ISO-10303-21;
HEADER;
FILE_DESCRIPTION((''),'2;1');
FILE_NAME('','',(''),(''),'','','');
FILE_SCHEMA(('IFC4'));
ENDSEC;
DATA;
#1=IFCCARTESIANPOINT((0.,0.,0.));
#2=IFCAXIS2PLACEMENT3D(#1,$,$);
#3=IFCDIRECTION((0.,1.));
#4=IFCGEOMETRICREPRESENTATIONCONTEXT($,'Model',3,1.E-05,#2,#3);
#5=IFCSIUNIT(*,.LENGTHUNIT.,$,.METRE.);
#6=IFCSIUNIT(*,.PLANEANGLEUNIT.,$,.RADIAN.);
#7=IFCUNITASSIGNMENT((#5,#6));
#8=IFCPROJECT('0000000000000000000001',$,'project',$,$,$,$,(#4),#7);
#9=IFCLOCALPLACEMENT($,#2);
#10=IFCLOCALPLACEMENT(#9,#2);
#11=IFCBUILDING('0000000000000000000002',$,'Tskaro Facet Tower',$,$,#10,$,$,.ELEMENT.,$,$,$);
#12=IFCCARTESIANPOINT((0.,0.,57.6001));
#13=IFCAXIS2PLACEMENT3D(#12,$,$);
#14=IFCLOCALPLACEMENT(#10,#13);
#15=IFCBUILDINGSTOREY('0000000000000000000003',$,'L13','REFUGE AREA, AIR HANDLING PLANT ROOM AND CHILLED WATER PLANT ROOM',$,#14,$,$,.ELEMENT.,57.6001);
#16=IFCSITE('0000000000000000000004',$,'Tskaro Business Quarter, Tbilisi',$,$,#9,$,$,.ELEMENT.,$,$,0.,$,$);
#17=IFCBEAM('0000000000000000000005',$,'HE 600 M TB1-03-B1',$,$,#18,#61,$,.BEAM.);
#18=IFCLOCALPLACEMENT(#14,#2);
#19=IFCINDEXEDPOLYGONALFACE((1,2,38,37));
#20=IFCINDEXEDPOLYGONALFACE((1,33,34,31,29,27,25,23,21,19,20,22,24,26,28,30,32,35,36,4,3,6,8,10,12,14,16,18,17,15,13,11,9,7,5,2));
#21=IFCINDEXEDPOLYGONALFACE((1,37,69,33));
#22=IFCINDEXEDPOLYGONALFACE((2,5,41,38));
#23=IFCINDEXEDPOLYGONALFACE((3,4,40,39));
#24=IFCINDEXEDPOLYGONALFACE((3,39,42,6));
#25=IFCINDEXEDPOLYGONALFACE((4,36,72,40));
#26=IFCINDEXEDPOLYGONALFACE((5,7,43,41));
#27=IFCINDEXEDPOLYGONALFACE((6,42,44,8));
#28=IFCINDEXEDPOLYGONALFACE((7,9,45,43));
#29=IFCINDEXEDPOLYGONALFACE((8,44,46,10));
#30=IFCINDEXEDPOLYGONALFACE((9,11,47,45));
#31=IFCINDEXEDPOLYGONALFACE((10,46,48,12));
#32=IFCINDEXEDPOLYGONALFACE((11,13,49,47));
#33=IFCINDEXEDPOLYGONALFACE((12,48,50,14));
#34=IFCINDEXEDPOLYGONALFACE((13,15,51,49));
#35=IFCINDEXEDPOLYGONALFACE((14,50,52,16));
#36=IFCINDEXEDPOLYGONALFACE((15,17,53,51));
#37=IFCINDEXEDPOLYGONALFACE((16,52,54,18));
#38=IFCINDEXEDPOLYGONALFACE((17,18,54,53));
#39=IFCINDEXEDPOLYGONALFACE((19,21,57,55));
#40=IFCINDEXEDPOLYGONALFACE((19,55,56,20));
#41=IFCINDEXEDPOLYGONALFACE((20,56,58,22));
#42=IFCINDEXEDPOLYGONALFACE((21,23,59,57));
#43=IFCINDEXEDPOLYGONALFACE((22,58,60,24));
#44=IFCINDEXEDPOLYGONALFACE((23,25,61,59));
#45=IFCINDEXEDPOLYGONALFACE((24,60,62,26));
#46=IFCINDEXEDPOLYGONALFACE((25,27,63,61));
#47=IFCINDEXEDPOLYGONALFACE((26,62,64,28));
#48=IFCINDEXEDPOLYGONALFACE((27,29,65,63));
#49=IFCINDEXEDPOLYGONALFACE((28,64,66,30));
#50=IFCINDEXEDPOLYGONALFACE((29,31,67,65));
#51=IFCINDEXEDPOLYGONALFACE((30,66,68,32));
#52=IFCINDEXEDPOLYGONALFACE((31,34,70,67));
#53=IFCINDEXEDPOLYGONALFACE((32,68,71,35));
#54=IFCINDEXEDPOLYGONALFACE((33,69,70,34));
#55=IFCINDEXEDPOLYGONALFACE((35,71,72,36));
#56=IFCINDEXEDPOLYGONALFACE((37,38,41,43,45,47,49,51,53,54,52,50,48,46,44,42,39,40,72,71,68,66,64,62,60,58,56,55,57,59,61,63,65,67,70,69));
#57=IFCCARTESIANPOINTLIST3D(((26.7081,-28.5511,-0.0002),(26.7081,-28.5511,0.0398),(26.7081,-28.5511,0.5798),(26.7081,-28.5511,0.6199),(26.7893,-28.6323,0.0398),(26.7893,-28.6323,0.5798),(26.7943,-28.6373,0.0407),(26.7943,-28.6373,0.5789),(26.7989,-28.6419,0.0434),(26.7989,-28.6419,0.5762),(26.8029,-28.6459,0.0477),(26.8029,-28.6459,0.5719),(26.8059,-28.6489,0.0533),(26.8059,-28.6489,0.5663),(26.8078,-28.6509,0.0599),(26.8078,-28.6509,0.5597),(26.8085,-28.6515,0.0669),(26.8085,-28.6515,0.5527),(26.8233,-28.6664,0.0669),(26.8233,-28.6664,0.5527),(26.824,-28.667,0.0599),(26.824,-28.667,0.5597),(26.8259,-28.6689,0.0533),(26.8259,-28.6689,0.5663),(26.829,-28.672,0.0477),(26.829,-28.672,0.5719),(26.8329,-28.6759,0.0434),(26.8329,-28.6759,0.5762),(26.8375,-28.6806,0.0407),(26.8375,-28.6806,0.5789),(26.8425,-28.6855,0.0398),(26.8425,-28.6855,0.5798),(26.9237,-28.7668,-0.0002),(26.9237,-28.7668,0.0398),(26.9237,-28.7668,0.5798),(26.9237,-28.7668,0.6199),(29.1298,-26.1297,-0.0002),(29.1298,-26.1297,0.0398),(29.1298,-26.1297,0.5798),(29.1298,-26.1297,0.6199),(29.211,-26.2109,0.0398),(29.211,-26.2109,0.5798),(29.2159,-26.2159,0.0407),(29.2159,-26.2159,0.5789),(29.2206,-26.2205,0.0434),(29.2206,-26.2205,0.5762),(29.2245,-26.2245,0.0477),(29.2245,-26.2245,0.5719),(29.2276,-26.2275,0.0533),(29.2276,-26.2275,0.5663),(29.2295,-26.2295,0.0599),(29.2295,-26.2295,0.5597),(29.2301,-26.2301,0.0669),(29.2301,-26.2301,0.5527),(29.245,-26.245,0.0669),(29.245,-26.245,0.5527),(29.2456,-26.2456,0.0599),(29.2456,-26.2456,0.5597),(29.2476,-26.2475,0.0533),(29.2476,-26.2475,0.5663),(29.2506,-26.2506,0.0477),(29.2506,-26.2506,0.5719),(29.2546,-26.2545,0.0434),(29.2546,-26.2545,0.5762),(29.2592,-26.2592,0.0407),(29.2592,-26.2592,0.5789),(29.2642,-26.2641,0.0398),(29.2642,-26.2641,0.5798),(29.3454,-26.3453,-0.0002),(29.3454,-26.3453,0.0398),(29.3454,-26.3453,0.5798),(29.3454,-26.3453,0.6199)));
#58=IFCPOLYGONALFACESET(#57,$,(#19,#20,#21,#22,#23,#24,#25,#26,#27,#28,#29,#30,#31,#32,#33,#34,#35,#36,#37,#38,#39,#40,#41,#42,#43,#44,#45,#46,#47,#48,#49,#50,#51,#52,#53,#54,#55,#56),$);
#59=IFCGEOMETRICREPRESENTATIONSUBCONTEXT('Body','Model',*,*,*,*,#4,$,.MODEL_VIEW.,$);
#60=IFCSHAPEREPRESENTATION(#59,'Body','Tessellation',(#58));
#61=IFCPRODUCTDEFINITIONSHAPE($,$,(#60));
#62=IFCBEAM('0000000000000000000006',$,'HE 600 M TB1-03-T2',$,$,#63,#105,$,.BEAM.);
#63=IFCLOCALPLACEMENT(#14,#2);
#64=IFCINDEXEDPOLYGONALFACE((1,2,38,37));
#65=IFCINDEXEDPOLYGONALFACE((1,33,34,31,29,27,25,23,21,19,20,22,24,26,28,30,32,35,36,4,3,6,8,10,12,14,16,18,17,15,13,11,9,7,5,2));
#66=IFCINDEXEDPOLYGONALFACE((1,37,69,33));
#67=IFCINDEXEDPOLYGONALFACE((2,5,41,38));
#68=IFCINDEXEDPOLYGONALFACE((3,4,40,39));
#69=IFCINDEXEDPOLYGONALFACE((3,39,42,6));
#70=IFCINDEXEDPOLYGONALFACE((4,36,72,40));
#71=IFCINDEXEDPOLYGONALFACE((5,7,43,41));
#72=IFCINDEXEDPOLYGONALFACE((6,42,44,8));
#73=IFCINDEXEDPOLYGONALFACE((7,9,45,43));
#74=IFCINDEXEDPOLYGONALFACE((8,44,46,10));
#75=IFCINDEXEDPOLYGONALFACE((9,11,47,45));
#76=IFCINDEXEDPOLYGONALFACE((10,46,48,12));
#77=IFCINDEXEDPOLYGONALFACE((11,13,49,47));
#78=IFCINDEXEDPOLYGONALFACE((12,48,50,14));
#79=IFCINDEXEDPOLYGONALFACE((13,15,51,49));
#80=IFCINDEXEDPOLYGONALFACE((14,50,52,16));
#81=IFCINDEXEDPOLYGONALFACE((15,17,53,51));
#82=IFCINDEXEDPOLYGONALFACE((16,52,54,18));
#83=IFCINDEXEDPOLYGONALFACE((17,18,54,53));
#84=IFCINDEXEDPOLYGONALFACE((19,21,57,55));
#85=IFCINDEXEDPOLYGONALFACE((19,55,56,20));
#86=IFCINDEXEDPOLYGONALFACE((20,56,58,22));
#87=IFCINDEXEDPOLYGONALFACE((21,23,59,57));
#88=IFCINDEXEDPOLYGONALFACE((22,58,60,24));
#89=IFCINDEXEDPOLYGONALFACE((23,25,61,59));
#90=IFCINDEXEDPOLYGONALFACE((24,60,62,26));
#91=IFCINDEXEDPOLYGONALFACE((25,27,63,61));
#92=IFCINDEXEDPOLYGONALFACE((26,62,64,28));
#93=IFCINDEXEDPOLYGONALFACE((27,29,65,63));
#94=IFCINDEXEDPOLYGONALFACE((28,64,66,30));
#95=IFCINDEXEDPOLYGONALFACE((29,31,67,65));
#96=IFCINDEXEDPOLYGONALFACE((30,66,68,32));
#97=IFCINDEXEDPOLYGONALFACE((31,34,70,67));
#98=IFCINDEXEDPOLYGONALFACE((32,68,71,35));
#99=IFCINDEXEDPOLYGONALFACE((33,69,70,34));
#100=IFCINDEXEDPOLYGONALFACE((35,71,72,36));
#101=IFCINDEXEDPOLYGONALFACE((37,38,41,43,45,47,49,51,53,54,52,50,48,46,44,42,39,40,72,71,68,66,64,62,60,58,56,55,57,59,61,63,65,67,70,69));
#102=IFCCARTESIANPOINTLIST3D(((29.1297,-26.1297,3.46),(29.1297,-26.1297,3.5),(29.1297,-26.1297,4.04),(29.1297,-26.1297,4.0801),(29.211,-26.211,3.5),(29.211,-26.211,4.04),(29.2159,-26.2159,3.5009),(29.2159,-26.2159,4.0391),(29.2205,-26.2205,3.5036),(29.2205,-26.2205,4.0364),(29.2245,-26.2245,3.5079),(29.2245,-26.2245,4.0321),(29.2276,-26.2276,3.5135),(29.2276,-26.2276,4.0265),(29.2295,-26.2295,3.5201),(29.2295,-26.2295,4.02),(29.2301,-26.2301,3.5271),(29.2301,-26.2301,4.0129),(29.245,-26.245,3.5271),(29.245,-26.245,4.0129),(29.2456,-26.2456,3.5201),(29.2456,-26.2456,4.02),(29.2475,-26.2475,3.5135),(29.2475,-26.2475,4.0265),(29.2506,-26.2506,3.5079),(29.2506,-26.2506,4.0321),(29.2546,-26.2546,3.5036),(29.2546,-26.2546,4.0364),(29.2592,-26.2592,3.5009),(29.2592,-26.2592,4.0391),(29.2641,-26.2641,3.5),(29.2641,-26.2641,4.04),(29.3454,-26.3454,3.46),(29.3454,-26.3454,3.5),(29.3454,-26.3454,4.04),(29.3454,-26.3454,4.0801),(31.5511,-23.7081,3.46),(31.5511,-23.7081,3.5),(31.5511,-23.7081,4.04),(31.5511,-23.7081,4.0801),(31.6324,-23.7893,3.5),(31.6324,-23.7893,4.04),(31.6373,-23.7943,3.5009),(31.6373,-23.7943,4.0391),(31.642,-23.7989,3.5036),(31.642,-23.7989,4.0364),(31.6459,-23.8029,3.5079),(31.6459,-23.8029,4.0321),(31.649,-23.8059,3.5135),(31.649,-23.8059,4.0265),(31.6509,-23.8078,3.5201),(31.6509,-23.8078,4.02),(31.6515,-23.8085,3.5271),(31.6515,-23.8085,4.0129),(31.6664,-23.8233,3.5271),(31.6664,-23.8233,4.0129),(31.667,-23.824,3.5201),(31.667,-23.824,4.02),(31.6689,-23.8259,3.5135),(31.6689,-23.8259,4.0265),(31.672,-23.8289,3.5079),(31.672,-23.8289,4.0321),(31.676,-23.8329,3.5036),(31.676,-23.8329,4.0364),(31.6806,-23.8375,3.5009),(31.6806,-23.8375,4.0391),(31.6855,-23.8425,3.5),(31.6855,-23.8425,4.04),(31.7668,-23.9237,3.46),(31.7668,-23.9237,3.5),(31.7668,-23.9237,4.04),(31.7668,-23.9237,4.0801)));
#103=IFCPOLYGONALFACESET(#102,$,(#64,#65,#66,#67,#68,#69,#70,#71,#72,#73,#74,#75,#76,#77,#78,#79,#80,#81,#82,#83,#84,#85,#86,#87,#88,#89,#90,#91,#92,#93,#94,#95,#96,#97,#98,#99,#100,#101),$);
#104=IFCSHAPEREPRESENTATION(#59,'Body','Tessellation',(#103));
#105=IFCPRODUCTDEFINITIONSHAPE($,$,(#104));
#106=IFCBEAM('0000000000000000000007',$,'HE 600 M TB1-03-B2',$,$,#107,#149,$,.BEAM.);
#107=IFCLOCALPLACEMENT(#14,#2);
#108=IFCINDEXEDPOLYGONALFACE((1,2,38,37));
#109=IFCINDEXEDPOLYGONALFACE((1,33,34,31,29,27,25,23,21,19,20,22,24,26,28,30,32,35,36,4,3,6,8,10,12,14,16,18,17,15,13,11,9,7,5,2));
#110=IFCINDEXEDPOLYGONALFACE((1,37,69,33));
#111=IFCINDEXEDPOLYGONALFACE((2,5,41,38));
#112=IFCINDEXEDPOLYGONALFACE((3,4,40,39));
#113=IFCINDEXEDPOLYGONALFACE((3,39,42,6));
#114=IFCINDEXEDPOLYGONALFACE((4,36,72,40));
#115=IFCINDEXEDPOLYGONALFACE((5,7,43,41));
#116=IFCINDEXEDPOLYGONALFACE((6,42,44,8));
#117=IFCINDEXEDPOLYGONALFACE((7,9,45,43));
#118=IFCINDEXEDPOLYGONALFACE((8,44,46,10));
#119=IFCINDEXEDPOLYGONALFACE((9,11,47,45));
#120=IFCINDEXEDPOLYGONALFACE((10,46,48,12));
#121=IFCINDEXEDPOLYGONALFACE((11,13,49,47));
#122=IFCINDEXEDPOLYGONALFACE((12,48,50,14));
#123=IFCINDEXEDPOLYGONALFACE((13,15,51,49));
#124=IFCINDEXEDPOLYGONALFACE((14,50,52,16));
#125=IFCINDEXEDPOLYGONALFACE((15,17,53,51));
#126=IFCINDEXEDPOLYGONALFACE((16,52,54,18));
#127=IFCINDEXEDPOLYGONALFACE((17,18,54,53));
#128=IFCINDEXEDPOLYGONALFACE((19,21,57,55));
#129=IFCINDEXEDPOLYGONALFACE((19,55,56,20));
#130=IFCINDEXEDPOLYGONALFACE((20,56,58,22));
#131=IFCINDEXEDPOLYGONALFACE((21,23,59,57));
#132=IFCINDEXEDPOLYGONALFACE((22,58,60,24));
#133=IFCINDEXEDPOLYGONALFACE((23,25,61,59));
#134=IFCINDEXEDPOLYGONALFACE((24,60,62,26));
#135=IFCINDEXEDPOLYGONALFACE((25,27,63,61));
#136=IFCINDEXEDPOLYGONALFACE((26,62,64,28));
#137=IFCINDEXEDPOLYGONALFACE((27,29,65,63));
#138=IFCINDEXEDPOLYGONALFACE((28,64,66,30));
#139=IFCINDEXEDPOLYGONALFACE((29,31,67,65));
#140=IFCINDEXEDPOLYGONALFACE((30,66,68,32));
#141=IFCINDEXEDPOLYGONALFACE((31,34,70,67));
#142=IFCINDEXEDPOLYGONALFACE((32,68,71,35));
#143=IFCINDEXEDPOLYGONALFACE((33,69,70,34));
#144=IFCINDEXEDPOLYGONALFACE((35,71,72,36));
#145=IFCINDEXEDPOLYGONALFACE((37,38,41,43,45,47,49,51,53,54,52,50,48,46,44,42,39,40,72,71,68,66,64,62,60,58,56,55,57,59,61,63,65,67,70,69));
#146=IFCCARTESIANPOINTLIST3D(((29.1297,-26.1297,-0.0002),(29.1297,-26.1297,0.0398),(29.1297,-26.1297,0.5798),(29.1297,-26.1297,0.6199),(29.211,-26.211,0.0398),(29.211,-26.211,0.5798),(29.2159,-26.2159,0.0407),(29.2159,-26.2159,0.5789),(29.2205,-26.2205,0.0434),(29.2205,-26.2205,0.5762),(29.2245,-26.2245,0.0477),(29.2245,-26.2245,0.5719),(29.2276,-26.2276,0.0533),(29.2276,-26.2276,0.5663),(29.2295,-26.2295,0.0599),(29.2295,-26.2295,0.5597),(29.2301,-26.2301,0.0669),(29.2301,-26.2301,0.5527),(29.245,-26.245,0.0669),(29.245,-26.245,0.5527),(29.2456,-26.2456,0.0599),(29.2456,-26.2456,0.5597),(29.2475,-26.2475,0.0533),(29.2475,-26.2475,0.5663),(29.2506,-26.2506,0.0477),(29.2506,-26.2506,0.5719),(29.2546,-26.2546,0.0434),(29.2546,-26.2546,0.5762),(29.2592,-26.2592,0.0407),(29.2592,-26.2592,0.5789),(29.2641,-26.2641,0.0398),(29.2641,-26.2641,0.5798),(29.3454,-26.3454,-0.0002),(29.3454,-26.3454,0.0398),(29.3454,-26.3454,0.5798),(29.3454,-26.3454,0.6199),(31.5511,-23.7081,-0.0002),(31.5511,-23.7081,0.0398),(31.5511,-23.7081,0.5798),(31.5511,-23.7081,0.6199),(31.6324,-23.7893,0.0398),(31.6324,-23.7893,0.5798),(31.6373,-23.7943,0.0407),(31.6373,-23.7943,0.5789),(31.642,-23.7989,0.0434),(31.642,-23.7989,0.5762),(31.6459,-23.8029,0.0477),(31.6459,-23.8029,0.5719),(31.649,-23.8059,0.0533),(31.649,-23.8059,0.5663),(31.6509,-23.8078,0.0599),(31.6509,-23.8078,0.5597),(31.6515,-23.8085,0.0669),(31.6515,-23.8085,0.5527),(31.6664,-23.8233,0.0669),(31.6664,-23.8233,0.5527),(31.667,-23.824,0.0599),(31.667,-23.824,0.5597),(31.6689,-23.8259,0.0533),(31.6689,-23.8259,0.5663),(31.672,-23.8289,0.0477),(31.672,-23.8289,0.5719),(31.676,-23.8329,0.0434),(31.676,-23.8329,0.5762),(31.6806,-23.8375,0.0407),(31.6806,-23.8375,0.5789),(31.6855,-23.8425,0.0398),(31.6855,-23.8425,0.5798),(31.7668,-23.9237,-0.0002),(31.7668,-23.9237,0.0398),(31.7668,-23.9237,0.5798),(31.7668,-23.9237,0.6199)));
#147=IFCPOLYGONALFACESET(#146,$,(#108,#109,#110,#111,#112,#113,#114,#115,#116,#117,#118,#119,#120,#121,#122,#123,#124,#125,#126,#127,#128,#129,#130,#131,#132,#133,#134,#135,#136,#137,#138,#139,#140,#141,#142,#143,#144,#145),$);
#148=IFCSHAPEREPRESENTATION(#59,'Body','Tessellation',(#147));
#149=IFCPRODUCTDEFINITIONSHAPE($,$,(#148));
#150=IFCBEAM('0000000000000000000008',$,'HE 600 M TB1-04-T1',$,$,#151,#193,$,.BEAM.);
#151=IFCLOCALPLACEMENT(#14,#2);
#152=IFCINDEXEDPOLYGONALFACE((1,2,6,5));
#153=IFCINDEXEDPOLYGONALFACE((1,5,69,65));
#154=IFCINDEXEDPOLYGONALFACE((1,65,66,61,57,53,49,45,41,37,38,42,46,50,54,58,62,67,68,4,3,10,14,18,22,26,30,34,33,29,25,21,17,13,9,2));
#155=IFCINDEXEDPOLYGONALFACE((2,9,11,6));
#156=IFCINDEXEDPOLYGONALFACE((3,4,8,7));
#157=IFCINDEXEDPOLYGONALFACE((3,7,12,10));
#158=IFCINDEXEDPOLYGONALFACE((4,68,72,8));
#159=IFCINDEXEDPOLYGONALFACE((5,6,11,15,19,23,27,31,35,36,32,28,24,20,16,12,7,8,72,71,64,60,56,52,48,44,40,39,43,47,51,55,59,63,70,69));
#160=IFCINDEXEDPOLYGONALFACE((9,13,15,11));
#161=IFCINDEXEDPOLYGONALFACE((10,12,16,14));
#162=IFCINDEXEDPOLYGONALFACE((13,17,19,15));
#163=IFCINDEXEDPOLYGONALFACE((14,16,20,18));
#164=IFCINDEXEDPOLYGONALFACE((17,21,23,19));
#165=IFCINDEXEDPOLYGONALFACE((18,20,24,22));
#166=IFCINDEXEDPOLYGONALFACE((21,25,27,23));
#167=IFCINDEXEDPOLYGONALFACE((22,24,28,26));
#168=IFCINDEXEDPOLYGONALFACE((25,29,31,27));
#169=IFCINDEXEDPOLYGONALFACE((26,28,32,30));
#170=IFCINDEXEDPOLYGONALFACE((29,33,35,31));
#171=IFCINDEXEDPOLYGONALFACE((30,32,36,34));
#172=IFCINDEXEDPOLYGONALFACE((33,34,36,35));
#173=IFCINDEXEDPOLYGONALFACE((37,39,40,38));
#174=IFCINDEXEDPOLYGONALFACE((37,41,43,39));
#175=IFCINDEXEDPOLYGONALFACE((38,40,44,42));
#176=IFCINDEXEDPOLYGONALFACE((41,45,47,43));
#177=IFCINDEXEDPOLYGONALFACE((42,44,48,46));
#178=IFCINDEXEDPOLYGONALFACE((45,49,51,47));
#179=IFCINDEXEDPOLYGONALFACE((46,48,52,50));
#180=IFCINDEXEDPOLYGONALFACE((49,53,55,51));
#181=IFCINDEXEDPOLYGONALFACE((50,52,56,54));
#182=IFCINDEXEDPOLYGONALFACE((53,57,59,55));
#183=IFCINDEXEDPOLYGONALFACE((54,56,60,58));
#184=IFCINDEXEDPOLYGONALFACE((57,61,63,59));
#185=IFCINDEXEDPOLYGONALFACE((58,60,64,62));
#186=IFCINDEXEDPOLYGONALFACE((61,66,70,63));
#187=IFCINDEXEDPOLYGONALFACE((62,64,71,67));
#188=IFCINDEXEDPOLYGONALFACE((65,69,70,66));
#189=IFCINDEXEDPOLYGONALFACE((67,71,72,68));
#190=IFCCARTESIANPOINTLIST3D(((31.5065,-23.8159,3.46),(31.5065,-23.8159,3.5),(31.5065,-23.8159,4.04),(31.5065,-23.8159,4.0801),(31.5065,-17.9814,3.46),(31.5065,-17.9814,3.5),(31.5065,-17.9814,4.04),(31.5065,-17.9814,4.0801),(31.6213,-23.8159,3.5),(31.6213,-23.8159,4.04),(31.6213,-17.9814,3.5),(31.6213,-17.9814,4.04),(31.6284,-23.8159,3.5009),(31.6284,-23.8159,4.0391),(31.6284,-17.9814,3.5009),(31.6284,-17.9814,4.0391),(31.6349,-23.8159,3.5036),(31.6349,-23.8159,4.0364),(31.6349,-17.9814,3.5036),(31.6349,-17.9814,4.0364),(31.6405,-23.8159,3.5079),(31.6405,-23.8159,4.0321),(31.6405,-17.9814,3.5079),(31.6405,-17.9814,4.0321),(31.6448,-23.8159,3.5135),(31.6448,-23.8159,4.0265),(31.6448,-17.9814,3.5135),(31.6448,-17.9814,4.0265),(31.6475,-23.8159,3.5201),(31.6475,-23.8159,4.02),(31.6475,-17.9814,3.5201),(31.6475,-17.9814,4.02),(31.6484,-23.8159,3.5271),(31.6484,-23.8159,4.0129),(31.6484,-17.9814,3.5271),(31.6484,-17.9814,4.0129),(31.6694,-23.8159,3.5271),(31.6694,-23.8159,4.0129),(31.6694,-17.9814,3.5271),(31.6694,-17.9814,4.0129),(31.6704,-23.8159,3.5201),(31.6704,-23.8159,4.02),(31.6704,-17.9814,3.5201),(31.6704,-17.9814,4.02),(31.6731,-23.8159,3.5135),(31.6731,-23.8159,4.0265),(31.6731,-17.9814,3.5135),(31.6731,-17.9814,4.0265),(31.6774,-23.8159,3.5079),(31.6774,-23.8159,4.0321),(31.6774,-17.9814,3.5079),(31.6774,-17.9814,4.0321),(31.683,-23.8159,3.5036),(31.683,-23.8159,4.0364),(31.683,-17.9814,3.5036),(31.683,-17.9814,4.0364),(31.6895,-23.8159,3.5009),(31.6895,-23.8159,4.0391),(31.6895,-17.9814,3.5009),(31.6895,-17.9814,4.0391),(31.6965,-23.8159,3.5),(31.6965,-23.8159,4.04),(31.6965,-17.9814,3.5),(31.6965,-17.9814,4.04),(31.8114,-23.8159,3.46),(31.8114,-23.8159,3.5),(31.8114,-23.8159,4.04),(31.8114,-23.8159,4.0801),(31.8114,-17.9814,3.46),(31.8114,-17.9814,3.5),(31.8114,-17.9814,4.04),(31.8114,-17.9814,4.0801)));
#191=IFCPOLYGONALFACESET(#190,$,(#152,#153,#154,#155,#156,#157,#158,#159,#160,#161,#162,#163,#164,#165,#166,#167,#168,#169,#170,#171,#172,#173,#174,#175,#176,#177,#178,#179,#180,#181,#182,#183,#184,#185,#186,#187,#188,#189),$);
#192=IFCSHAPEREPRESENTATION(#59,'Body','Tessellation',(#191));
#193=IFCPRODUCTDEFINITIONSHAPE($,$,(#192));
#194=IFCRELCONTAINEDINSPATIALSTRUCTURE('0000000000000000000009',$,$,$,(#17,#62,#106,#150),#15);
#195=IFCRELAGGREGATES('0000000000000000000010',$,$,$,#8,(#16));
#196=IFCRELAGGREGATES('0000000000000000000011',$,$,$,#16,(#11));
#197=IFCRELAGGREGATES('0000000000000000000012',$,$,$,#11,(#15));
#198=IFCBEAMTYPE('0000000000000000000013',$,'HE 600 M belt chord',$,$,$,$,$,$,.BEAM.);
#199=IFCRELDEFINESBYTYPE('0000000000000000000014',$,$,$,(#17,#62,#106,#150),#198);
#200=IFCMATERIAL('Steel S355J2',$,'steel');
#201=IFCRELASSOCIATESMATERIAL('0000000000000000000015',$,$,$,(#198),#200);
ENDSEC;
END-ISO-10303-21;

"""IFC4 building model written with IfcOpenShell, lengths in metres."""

from ifc_helpers import new_model, si_unit, direction, frame, origin, origin_2d, place, context, subcontext, project, spatial, i_section, extrude, material, material_profile, profile_set, type_object, element, save


model = new_model("IFC4")

# Units and contexts
model_context = context("Model", 3, precision=1e-05, world=origin(), true_north=direction((0.0, 1.0)))
body_context = subcontext(model_context, "Body", "Model", "MODEL_VIEW")
ifc_project = project(units=[si_unit("LENGTHUNIT", "METRE"), si_unit("PLANEANGLEUNIT", "RADIAN")], contexts=[model_context])

# Site, building, storey
site_placement = place(None, origin())
site = spatial("IfcSite", under=ifc_project, at=site_placement, Name="Tskaro Business Quarter, Tbilisi", CompositionType="ELEMENT", RefElevation=0.0)
building_placement = place(site_placement, origin())
building = spatial("IfcBuilding", under=site, at=building_placement, Name="Tskaro Facet Tower", CompositionType="ELEMENT")
storey_placement = place(building_placement, frame((0.0, 0.0, 57.6001)))
storey = spatial("IfcBuildingStorey", under=building, at=storey_placement, Name="L13", Description="REFUGE AREA, AIR HANDLING PLANT ROOM AND CHILLED WATER PLANT ROOM", CompositionType="ELEMENT", Elevation=57.6001)

# Shared definitions
ifc_material_1 = material(Name="Steel S355J2", Category="steel")

# Beams
ifc_material_profile_1 = material_profile(ifc_material_1, i_section(OverallWidth=0.3049, OverallDepth=0.6201, WebThickness=0.021, FlangeThickness=0.04, FilletRadius=0.0271, at=origin_2d()), Name="HE 600 M")
ifc_profile_set_1 = profile_set([ifc_material_profile_1], Name="Steel S355J2")
beam_type_1 = type_object("IfcBeamType", Name="HE 600 M belt chord", PredefinedType="BEAM", material=ifc_profile_set_1)
for number, where, z_axis, x_axis, name in (
    (1, (26.8159, -28.6589, 0.3098), (0.707142, 0.707071, 0.0), (-0.707071, 0.707142, 0.0), "HE 600 M TB1-03-B1"),
    (2, (29.2375, -26.2375, 3.77), (0.707071, 0.707142, 0.0), (-0.707142, 0.707071, 0.0), "HE 600 M TB1-03-T2"),
    (3, (29.2375, -26.2375, 0.3098), (0.707071, 0.707142, 0.0), (-0.707142, 0.707071, 0.0), "HE 600 M TB1-03-B2"),
):
    element("IfcBeam", number, at=place(storey_placement, frame(where, z_axis=z_axis, x_axis=x_axis)), inside=storey, type_object=beam_type_1, Name=name, PredefinedType="BEAM", context=body_context, shape_type="SweptSolid", body=[
        extrude(i_section(OverallWidth=0.3049, OverallDepth=0.6201, WebThickness=0.021, FlangeThickness=0.04, FilletRadius=0.0271, at=origin_2d()), origin(), (0.0, 0.0, 1.0), 3.4246),
    ])
for number, where, z_axis, x_axis, name in (
    (4, (31.6589, -23.8159, 3.77), (0.0, 1.0, 0.0), (-1.0, 0.0, 0.0), "HE 600 M TB1-04-T1"),
):
    element("IfcBeam", number, at=place(storey_placement, frame(where, z_axis=z_axis, x_axis=x_axis)), inside=storey, type_object=beam_type_1, Name=name, PredefinedType="BEAM", context=body_context, shape_type="SweptSolid", body=[
        extrude(i_section(OverallWidth=0.3049, OverallDepth=0.6201, WebThickness=0.021, FlangeThickness=0.04, FilletRadius=0.0271, at=origin_2d()), origin(), (0.0, 0.0, 1.0), 5.8345),
    ])

save(model, "model.ifc")
